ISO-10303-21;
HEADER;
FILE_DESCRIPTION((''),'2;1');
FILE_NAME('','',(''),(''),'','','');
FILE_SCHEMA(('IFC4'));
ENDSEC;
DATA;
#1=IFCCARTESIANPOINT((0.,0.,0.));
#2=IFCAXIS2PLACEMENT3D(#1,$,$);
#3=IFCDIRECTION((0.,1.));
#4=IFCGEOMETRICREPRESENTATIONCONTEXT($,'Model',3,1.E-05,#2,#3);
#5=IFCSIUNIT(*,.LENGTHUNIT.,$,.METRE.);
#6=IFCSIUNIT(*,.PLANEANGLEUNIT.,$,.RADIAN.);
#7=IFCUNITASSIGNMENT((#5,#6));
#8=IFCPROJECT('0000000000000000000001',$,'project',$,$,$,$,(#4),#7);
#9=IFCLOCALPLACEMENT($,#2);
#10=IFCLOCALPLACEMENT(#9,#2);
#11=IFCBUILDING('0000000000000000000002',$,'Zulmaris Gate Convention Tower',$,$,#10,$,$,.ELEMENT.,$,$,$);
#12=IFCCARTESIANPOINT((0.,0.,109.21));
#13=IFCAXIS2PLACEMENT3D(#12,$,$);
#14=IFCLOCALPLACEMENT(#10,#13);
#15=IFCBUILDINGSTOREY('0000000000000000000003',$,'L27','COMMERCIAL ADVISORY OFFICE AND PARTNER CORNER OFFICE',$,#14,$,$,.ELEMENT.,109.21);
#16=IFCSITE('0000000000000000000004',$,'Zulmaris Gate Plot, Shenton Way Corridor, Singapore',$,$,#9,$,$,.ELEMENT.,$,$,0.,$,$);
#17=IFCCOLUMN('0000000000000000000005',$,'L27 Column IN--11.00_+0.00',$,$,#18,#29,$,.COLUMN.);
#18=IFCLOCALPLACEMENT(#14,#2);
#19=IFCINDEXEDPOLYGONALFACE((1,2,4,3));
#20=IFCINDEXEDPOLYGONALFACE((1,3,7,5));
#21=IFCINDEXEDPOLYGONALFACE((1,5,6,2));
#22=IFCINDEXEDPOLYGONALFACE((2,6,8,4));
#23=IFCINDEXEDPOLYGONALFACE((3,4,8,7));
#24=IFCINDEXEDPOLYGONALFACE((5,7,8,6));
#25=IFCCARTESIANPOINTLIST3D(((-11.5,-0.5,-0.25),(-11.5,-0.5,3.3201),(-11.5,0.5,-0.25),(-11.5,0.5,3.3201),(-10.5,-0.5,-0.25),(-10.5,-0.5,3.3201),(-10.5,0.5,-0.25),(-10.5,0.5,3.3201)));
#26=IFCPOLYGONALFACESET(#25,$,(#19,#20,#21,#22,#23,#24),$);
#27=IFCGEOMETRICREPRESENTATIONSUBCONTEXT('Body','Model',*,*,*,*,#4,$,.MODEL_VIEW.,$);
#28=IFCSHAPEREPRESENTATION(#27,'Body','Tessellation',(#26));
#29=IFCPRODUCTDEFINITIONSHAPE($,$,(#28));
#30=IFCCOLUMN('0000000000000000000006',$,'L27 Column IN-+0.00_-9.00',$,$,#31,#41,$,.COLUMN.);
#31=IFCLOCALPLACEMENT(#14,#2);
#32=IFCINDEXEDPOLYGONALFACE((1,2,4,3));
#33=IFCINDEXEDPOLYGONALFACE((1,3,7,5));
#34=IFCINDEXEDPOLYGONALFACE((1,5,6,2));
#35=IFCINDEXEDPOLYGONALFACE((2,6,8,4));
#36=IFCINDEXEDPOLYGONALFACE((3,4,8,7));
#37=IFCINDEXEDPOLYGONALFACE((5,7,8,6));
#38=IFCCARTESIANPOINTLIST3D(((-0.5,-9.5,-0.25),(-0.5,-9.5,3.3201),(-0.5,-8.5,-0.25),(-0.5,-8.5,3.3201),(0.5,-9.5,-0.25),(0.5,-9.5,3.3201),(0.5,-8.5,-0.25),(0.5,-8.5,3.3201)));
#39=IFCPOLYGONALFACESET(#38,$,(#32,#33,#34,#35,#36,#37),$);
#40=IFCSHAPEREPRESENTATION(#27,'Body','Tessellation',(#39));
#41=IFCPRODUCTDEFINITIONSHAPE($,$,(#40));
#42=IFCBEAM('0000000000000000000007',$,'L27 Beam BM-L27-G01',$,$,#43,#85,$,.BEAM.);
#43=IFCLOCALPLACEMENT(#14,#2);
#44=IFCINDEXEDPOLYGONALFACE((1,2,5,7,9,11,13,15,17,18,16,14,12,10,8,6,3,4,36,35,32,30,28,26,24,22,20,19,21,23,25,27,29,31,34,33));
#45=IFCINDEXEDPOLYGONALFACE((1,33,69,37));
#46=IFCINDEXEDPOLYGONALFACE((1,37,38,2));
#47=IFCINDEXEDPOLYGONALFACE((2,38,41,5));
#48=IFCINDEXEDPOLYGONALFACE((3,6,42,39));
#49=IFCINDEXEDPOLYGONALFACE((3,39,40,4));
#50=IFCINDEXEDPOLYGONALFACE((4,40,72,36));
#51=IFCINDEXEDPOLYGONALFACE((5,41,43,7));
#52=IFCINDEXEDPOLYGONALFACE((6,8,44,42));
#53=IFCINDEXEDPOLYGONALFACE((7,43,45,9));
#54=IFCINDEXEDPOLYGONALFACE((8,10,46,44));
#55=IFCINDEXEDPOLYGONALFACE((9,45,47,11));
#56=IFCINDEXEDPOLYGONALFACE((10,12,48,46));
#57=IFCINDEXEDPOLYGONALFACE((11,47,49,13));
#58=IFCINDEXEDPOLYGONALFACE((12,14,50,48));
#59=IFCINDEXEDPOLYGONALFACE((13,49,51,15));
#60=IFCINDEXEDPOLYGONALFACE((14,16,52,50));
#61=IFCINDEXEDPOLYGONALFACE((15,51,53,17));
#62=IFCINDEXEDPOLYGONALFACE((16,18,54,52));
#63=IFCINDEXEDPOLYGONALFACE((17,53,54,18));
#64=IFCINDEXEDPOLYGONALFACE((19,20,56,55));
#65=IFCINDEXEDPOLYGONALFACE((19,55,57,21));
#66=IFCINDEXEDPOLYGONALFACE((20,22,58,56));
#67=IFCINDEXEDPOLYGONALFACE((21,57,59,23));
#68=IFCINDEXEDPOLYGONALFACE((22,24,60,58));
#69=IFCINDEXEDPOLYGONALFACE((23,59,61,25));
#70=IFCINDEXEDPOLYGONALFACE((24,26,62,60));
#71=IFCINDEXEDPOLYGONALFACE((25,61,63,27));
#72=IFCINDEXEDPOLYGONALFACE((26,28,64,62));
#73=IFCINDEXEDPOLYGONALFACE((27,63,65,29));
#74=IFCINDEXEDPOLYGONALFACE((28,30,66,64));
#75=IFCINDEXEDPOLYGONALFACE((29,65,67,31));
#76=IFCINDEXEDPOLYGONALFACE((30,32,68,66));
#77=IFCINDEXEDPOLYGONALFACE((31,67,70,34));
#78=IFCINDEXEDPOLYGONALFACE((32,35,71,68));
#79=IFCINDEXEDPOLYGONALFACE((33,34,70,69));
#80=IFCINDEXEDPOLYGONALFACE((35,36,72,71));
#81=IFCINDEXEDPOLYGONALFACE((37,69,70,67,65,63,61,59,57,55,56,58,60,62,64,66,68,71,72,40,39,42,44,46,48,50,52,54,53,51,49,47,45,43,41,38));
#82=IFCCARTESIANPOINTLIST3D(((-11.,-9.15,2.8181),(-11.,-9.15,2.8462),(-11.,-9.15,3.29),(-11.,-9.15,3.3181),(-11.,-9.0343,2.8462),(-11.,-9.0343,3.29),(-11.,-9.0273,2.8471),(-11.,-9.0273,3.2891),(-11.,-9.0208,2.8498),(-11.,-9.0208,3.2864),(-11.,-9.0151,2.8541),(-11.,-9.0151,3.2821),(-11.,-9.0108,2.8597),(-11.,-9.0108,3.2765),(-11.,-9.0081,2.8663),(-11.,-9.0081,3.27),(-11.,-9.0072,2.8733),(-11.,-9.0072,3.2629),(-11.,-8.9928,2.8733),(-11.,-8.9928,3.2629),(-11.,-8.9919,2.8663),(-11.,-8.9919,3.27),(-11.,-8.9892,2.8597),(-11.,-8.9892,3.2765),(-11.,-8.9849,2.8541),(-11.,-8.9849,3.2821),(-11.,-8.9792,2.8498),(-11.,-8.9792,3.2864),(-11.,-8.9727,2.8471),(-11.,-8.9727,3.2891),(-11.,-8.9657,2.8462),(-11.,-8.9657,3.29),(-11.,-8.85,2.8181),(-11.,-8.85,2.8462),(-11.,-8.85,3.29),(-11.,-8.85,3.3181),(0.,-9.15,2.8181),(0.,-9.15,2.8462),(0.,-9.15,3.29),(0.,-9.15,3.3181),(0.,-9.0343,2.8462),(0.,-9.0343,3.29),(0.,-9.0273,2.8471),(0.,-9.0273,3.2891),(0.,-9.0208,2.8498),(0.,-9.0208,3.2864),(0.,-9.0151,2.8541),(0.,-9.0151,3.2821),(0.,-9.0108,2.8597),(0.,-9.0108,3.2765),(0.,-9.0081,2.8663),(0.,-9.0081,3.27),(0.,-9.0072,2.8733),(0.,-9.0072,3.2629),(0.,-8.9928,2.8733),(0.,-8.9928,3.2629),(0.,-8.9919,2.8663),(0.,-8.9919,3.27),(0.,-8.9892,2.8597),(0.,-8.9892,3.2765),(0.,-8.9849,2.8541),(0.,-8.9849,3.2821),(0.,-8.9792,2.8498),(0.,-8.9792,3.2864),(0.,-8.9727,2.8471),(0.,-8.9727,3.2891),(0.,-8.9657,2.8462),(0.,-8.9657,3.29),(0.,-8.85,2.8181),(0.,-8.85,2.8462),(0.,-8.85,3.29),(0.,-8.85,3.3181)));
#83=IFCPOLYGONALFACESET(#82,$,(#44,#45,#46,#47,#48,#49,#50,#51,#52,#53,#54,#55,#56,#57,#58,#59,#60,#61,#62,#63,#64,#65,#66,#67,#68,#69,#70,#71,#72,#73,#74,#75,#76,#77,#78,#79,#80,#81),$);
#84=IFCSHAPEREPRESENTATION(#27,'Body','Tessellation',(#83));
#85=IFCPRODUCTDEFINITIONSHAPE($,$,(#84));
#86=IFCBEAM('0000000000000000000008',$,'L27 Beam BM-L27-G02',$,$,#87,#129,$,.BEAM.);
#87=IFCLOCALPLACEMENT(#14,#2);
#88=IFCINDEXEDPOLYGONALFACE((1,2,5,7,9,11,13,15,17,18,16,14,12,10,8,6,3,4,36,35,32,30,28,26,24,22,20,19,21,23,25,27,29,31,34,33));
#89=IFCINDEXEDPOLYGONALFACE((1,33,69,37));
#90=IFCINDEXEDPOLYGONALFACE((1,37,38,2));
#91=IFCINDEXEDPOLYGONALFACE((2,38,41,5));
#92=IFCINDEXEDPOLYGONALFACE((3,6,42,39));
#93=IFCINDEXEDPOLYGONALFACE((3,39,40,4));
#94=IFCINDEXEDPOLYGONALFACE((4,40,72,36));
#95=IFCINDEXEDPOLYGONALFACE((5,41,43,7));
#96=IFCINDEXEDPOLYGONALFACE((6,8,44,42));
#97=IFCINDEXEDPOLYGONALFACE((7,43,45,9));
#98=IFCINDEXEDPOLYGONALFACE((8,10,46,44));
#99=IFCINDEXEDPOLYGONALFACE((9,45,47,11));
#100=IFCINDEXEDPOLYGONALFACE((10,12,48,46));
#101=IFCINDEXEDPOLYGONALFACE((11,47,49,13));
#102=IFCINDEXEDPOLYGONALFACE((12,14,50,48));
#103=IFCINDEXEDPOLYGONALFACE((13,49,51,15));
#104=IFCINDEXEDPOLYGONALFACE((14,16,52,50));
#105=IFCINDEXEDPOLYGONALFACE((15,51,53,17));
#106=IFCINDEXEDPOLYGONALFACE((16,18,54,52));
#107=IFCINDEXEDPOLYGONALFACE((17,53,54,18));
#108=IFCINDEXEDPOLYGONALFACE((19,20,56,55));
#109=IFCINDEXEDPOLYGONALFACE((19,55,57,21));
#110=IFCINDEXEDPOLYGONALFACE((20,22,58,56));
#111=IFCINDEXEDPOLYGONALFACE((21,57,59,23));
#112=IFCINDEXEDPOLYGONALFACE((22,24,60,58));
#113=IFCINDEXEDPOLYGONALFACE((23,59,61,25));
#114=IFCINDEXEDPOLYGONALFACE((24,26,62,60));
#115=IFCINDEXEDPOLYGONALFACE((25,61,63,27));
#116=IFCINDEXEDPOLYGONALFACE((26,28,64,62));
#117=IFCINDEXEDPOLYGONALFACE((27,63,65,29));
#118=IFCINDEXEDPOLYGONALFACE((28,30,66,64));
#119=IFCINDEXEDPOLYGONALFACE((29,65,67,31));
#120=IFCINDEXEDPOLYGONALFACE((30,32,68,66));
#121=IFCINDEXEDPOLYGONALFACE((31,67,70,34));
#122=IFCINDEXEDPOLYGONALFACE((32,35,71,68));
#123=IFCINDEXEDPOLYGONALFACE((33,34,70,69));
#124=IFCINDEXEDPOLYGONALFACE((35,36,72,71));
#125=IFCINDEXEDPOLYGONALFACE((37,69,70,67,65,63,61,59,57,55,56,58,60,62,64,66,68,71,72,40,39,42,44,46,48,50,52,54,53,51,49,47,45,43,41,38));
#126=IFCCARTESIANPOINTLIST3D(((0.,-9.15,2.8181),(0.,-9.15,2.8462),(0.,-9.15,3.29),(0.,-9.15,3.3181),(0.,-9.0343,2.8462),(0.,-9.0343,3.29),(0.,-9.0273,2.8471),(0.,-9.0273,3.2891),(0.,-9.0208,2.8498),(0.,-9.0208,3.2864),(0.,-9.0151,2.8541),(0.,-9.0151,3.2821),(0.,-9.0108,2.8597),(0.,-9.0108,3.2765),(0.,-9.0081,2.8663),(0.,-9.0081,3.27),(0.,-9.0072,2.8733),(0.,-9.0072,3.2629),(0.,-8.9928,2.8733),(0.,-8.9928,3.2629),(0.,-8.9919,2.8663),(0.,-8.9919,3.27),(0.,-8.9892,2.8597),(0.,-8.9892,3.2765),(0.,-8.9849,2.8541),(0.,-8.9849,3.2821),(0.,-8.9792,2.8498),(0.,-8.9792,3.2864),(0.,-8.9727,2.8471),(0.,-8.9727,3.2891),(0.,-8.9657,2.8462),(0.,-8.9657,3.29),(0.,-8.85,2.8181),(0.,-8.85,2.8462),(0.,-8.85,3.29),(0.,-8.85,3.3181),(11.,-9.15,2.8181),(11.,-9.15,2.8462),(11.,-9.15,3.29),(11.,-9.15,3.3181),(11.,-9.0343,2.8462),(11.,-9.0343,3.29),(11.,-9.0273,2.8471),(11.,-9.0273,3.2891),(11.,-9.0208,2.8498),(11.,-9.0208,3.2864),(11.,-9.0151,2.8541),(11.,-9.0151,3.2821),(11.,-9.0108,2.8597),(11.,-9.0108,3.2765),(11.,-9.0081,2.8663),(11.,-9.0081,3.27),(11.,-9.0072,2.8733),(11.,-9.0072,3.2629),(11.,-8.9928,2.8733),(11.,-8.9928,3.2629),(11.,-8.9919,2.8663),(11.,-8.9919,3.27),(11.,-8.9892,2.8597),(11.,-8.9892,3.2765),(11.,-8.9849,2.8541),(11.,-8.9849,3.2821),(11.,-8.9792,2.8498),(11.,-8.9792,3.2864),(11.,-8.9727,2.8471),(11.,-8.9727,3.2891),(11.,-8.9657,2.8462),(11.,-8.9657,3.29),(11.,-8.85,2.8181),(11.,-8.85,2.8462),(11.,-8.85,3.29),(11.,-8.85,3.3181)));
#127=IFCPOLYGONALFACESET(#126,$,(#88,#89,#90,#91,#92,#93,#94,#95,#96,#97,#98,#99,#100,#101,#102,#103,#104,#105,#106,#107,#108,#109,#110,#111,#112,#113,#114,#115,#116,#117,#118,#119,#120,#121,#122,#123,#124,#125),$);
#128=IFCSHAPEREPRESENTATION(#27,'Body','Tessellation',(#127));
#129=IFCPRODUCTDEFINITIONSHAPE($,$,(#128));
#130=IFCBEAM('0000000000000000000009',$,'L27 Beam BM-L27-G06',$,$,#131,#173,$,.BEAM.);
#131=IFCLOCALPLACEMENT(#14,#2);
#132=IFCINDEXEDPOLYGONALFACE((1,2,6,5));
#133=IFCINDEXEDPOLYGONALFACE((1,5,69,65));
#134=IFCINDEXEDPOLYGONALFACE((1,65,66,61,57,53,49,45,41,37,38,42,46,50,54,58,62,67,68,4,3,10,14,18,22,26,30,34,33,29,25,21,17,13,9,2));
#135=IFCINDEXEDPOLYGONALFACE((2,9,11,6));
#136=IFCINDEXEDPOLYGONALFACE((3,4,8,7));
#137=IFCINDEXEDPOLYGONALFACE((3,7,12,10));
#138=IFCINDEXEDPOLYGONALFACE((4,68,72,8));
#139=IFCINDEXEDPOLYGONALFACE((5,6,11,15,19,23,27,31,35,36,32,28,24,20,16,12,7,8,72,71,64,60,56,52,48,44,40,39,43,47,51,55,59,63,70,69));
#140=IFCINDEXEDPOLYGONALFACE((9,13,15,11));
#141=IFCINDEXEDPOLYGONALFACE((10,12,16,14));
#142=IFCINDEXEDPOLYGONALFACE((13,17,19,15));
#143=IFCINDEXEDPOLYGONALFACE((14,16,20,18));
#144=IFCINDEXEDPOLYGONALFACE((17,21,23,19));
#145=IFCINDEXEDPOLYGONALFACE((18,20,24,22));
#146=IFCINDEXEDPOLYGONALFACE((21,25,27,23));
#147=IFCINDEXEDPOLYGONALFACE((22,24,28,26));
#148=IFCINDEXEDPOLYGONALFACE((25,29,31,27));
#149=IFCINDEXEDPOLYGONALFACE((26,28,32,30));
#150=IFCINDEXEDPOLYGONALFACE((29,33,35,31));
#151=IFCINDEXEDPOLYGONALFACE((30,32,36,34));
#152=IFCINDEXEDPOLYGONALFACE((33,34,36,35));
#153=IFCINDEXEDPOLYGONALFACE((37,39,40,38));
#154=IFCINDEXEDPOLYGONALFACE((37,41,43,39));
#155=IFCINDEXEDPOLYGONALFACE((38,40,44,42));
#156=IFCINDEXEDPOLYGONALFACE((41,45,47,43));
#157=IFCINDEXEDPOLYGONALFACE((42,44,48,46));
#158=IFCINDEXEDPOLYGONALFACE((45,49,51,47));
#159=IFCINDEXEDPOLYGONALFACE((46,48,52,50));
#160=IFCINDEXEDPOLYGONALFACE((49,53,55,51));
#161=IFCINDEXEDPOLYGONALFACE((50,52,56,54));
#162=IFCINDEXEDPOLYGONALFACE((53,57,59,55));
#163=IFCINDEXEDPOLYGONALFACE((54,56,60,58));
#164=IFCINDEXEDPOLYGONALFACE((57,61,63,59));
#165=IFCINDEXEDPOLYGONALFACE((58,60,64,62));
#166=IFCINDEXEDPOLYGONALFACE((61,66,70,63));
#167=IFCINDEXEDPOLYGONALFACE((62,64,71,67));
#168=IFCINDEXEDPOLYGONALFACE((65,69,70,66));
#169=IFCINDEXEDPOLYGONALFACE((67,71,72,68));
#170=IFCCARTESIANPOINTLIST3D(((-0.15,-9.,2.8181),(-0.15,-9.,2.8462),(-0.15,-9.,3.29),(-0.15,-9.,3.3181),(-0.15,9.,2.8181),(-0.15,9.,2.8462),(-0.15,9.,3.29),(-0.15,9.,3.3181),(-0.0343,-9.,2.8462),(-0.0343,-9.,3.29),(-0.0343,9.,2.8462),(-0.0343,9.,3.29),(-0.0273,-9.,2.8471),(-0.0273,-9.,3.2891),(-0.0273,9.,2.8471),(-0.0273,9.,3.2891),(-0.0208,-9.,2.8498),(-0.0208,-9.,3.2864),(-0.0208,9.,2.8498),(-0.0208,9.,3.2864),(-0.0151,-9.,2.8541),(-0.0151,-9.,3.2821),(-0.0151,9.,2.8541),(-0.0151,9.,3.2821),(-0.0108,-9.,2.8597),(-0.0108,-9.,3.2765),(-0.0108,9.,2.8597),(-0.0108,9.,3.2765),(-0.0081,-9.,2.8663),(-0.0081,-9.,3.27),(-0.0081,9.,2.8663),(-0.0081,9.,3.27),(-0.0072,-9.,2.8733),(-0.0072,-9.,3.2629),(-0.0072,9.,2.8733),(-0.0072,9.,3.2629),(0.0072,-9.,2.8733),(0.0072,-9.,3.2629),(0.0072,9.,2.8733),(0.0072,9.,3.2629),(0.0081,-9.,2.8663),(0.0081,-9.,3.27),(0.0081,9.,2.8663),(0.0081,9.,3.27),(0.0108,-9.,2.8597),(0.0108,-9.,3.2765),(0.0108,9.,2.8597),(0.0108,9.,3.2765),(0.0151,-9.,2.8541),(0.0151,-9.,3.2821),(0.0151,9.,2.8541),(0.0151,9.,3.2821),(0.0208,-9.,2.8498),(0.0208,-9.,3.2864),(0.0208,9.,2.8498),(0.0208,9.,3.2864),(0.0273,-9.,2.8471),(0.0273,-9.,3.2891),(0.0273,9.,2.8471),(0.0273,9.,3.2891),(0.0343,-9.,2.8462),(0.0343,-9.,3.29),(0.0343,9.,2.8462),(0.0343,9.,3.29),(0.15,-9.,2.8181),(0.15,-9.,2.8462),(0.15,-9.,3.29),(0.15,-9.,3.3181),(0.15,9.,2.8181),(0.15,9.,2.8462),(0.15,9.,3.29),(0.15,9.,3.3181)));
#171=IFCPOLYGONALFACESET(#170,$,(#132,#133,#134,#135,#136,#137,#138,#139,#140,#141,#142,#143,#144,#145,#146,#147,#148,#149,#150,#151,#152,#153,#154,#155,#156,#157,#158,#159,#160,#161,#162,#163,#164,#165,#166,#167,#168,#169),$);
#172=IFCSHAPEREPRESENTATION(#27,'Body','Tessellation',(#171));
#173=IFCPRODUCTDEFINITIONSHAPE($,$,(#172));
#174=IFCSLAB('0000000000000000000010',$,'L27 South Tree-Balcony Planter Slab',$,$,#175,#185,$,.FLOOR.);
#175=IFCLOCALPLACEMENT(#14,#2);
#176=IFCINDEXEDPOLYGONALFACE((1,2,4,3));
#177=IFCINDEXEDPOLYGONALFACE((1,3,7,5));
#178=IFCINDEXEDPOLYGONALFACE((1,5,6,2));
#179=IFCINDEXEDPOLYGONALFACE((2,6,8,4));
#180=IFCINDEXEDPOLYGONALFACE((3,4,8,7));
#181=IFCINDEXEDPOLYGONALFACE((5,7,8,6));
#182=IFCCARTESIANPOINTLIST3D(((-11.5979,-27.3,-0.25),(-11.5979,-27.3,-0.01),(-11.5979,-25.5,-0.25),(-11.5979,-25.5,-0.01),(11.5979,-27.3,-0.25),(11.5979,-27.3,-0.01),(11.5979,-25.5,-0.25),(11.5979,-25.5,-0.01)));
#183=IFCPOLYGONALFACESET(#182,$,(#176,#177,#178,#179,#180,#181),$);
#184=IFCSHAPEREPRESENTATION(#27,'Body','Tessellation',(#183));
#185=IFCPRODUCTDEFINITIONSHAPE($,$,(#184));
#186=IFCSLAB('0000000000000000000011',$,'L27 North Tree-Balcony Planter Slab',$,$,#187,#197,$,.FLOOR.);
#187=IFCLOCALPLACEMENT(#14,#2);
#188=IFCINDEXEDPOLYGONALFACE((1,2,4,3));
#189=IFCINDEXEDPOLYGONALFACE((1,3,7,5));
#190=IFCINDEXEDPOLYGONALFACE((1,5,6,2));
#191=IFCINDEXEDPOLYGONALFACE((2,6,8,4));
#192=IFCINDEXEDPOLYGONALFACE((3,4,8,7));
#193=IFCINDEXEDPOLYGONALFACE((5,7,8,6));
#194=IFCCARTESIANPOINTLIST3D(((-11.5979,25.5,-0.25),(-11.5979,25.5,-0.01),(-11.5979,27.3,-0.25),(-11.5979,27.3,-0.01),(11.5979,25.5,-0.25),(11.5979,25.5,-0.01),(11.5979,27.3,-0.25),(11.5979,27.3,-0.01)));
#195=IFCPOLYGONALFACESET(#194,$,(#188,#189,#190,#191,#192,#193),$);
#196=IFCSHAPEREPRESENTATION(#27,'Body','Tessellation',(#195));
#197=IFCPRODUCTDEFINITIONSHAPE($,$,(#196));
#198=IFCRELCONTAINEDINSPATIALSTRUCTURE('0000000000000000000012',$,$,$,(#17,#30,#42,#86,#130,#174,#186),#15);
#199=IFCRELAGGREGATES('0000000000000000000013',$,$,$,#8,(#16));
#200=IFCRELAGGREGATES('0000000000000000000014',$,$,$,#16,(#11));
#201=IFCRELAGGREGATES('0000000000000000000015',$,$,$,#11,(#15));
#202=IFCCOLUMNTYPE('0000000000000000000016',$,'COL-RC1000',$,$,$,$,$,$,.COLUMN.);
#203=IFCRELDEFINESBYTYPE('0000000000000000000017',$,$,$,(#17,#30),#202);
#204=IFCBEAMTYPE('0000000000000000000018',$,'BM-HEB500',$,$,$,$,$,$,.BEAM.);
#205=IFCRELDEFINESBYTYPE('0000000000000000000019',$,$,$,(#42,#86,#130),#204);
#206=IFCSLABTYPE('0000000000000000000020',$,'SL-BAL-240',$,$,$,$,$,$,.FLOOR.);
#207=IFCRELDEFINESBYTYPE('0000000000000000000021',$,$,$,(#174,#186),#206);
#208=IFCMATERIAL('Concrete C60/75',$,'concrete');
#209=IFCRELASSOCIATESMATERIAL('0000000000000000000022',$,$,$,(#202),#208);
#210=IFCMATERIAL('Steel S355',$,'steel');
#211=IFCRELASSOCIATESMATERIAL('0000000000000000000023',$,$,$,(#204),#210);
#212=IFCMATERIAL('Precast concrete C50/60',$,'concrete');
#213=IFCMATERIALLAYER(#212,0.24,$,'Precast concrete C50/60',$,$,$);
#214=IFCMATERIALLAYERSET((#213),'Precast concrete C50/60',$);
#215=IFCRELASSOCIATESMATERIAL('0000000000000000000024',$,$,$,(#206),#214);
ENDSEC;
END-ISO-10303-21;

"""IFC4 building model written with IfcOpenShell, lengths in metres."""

from ifc_helpers import new_model, si_unit, direction, frame, origin, origin_2d, place, context, subcontext, project, spatial, polyline, rectangle, i_section, outline, extrude, material, layer, layer_set, material_profile, profile_set, type_object, element, save


model = new_model("IFC4")

# Units and contexts
model_context = context("Model", 3, precision=1e-05, world=origin(), true_north=direction((0.0, 1.0)))
body_context = subcontext(model_context, "Body", "Model", "MODEL_VIEW")
ifc_project = project(units=[si_unit("LENGTHUNIT", "METRE"), si_unit("PLANEANGLEUNIT", "RADIAN")], contexts=[model_context])

# Site, building, storey
site_placement = place(None, origin())
site = spatial("IfcSite", under=ifc_project, at=site_placement, Name="Zulmaris Gate Plot, Shenton Way Corridor, Singapore", CompositionType="ELEMENT", RefElevation=0.0)
building_placement = place(site_placement, origin())
building = spatial("IfcBuilding", under=site, at=building_placement, Name="Zulmaris Gate Convention Tower", CompositionType="ELEMENT")
storey_placement = place(building_placement, frame((0.0, 0.0, 109.21)))
storey = spatial("IfcBuildingStorey", under=building, at=storey_placement, Name="L27", Description="COMMERCIAL ADVISORY OFFICE AND PARTNER CORNER OFFICE", CompositionType="ELEMENT", Elevation=109.21)

# Columns
ifc_material_1 = material(Name="Concrete C60/75", Category="concrete")
ifc_material_profile_1 = material_profile(ifc_material_1, rectangle(XDim=1.0, YDim=1.0, at=origin_2d()), Name="RC COL 1000x1000")
ifc_profile_set_1 = profile_set([ifc_material_profile_1], Name="Concrete C60/75")
column_type = type_object("IfcColumnType", Name="COL-RC1000", PredefinedType="COLUMN", material=ifc_profile_set_1)
for number, where, z_axis, x_axis, name in (
    (1, (-11.0, 0.0, -0.25), (0.0, 0.0, 1.0), (1.0, 0.0, 0.0), "L27 Column IN--11.00_+0.00"),
    (2, (0.0, -9.0, -0.25), (0.0, 0.0, 1.0), (1.0, 0.0, 0.0), "L27 Column IN-+0.00_-9.00"),
):
    element("IfcColumn", number, at=place(storey_placement, frame(where, z_axis=z_axis, x_axis=x_axis)), inside=storey, type_object=column_type, Name=name, PredefinedType="COLUMN", context=body_context, shape_type="SweptSolid", body=[
        extrude(rectangle(XDim=1.0, YDim=1.0, at=origin_2d()), origin(), (0.0, 0.0, 1.0), 3.5701),
    ])

# Beams
ifc_material_2 = material(Name="Steel S355", Category="steel")
ifc_material_profile_2 = material_profile(ifc_material_2, i_section(OverallWidth=0.3, OverallDepth=0.5, WebThickness=0.0144, FlangeThickness=0.0281, FilletRadius=0.0271, at=origin_2d()), Name="HEB 500")
ifc_profile_set_2 = profile_set([ifc_material_profile_2], Name="Steel S355")
beam_type = type_object("IfcBeamType", Name="BM-HEB500", PredefinedType="BEAM", material=ifc_profile_set_2)
for number, where, z_axis, x_axis, name in (
    (3, (-11.0, -9.0, 3.0681), (1.0, 0.0, 0.0), (0.0, 1.0, 0.0), "L27 Beam BM-L27-G01"),
    (4, (0.0, -9.0, 3.0681), (1.0, 0.0, 0.0), (0.0, 1.0, 0.0), "L27 Beam BM-L27-G02"),
):
    element("IfcBeam", number, at=place(storey_placement, frame(where, z_axis=z_axis, x_axis=x_axis)), inside=storey, type_object=beam_type, Name=name, PredefinedType="BEAM", context=body_context, shape_type="SweptSolid", body=[
        extrude(i_section(OverallWidth=0.3, OverallDepth=0.5, WebThickness=0.0144, FlangeThickness=0.0281, FilletRadius=0.0271, at=origin_2d()), origin(), (0.0, 0.0, 1.0), 11.0),
    ])
beam_placement = place(storey_placement, frame((0.0, -9.0, 3.0681), z_axis=(0.0, 1.0, 0.0), x_axis=(-1.0, 0.0, 0.0)))
element("IfcBeam", 5, at=beam_placement, inside=storey, type_object=beam_type, Name="L27 Beam BM-L27-G06", PredefinedType="BEAM", context=body_context, shape_type="SweptSolid", body=[
    extrude(i_section(OverallWidth=0.3, OverallDepth=0.5, WebThickness=0.0144, FlangeThickness=0.0281, FilletRadius=0.0271, at=origin_2d()), origin(), (0.0, 0.0, 1.0), 18.0),
])

# Slabs
ifc_material_3 = material(Name="Precast concrete C50/60", Category="concrete")
ifc_layer_1 = layer(ifc_material_3, 0.24, Name="Precast concrete C50/60")
ifc_layer_set_1 = layer_set([ifc_layer_1], Name="Precast concrete C50/60")
slab_type_1 = type_object("IfcSlabType", Name="SL-BAL-240", PredefinedType="FLOOR", material=ifc_layer_set_1)
slab_1_placement = place(storey_placement, frame((0.0, 0.0, -0.25)))
element("IfcSlab", 6, at=slab_1_placement, inside=storey, type_object=slab_type_1, Name="L27 South Tree-Balcony Planter Slab", PredefinedType="FLOOR", context=body_context, shape_type="SweptSolid", body=[
    extrude(outline(polyline([(-11.5979, -27.3), (-11.5979, -25.5), (11.5979, -25.5), (11.5979, -27.3), (-11.5979, -27.3)])), origin(), (0.0, 0.0, 1.0), 0.24),
])
slab_2_placement = place(storey_placement, frame((0.0, 0.0, -0.25)))
element("IfcSlab", 7, at=slab_2_placement, inside=storey, type_object=slab_type_1, Name="L27 North Tree-Balcony Planter Slab", PredefinedType="FLOOR", context=body_context, shape_type="SweptSolid", body=[
    extrude(outline(polyline([(11.5979, 27.3), (11.5979, 25.5), (-11.5979, 25.5), (-11.5979, 27.3), (11.5979, 27.3)])), origin(), (0.0, 0.0, 1.0), 0.24),
])

save(model, "model.ifc")
